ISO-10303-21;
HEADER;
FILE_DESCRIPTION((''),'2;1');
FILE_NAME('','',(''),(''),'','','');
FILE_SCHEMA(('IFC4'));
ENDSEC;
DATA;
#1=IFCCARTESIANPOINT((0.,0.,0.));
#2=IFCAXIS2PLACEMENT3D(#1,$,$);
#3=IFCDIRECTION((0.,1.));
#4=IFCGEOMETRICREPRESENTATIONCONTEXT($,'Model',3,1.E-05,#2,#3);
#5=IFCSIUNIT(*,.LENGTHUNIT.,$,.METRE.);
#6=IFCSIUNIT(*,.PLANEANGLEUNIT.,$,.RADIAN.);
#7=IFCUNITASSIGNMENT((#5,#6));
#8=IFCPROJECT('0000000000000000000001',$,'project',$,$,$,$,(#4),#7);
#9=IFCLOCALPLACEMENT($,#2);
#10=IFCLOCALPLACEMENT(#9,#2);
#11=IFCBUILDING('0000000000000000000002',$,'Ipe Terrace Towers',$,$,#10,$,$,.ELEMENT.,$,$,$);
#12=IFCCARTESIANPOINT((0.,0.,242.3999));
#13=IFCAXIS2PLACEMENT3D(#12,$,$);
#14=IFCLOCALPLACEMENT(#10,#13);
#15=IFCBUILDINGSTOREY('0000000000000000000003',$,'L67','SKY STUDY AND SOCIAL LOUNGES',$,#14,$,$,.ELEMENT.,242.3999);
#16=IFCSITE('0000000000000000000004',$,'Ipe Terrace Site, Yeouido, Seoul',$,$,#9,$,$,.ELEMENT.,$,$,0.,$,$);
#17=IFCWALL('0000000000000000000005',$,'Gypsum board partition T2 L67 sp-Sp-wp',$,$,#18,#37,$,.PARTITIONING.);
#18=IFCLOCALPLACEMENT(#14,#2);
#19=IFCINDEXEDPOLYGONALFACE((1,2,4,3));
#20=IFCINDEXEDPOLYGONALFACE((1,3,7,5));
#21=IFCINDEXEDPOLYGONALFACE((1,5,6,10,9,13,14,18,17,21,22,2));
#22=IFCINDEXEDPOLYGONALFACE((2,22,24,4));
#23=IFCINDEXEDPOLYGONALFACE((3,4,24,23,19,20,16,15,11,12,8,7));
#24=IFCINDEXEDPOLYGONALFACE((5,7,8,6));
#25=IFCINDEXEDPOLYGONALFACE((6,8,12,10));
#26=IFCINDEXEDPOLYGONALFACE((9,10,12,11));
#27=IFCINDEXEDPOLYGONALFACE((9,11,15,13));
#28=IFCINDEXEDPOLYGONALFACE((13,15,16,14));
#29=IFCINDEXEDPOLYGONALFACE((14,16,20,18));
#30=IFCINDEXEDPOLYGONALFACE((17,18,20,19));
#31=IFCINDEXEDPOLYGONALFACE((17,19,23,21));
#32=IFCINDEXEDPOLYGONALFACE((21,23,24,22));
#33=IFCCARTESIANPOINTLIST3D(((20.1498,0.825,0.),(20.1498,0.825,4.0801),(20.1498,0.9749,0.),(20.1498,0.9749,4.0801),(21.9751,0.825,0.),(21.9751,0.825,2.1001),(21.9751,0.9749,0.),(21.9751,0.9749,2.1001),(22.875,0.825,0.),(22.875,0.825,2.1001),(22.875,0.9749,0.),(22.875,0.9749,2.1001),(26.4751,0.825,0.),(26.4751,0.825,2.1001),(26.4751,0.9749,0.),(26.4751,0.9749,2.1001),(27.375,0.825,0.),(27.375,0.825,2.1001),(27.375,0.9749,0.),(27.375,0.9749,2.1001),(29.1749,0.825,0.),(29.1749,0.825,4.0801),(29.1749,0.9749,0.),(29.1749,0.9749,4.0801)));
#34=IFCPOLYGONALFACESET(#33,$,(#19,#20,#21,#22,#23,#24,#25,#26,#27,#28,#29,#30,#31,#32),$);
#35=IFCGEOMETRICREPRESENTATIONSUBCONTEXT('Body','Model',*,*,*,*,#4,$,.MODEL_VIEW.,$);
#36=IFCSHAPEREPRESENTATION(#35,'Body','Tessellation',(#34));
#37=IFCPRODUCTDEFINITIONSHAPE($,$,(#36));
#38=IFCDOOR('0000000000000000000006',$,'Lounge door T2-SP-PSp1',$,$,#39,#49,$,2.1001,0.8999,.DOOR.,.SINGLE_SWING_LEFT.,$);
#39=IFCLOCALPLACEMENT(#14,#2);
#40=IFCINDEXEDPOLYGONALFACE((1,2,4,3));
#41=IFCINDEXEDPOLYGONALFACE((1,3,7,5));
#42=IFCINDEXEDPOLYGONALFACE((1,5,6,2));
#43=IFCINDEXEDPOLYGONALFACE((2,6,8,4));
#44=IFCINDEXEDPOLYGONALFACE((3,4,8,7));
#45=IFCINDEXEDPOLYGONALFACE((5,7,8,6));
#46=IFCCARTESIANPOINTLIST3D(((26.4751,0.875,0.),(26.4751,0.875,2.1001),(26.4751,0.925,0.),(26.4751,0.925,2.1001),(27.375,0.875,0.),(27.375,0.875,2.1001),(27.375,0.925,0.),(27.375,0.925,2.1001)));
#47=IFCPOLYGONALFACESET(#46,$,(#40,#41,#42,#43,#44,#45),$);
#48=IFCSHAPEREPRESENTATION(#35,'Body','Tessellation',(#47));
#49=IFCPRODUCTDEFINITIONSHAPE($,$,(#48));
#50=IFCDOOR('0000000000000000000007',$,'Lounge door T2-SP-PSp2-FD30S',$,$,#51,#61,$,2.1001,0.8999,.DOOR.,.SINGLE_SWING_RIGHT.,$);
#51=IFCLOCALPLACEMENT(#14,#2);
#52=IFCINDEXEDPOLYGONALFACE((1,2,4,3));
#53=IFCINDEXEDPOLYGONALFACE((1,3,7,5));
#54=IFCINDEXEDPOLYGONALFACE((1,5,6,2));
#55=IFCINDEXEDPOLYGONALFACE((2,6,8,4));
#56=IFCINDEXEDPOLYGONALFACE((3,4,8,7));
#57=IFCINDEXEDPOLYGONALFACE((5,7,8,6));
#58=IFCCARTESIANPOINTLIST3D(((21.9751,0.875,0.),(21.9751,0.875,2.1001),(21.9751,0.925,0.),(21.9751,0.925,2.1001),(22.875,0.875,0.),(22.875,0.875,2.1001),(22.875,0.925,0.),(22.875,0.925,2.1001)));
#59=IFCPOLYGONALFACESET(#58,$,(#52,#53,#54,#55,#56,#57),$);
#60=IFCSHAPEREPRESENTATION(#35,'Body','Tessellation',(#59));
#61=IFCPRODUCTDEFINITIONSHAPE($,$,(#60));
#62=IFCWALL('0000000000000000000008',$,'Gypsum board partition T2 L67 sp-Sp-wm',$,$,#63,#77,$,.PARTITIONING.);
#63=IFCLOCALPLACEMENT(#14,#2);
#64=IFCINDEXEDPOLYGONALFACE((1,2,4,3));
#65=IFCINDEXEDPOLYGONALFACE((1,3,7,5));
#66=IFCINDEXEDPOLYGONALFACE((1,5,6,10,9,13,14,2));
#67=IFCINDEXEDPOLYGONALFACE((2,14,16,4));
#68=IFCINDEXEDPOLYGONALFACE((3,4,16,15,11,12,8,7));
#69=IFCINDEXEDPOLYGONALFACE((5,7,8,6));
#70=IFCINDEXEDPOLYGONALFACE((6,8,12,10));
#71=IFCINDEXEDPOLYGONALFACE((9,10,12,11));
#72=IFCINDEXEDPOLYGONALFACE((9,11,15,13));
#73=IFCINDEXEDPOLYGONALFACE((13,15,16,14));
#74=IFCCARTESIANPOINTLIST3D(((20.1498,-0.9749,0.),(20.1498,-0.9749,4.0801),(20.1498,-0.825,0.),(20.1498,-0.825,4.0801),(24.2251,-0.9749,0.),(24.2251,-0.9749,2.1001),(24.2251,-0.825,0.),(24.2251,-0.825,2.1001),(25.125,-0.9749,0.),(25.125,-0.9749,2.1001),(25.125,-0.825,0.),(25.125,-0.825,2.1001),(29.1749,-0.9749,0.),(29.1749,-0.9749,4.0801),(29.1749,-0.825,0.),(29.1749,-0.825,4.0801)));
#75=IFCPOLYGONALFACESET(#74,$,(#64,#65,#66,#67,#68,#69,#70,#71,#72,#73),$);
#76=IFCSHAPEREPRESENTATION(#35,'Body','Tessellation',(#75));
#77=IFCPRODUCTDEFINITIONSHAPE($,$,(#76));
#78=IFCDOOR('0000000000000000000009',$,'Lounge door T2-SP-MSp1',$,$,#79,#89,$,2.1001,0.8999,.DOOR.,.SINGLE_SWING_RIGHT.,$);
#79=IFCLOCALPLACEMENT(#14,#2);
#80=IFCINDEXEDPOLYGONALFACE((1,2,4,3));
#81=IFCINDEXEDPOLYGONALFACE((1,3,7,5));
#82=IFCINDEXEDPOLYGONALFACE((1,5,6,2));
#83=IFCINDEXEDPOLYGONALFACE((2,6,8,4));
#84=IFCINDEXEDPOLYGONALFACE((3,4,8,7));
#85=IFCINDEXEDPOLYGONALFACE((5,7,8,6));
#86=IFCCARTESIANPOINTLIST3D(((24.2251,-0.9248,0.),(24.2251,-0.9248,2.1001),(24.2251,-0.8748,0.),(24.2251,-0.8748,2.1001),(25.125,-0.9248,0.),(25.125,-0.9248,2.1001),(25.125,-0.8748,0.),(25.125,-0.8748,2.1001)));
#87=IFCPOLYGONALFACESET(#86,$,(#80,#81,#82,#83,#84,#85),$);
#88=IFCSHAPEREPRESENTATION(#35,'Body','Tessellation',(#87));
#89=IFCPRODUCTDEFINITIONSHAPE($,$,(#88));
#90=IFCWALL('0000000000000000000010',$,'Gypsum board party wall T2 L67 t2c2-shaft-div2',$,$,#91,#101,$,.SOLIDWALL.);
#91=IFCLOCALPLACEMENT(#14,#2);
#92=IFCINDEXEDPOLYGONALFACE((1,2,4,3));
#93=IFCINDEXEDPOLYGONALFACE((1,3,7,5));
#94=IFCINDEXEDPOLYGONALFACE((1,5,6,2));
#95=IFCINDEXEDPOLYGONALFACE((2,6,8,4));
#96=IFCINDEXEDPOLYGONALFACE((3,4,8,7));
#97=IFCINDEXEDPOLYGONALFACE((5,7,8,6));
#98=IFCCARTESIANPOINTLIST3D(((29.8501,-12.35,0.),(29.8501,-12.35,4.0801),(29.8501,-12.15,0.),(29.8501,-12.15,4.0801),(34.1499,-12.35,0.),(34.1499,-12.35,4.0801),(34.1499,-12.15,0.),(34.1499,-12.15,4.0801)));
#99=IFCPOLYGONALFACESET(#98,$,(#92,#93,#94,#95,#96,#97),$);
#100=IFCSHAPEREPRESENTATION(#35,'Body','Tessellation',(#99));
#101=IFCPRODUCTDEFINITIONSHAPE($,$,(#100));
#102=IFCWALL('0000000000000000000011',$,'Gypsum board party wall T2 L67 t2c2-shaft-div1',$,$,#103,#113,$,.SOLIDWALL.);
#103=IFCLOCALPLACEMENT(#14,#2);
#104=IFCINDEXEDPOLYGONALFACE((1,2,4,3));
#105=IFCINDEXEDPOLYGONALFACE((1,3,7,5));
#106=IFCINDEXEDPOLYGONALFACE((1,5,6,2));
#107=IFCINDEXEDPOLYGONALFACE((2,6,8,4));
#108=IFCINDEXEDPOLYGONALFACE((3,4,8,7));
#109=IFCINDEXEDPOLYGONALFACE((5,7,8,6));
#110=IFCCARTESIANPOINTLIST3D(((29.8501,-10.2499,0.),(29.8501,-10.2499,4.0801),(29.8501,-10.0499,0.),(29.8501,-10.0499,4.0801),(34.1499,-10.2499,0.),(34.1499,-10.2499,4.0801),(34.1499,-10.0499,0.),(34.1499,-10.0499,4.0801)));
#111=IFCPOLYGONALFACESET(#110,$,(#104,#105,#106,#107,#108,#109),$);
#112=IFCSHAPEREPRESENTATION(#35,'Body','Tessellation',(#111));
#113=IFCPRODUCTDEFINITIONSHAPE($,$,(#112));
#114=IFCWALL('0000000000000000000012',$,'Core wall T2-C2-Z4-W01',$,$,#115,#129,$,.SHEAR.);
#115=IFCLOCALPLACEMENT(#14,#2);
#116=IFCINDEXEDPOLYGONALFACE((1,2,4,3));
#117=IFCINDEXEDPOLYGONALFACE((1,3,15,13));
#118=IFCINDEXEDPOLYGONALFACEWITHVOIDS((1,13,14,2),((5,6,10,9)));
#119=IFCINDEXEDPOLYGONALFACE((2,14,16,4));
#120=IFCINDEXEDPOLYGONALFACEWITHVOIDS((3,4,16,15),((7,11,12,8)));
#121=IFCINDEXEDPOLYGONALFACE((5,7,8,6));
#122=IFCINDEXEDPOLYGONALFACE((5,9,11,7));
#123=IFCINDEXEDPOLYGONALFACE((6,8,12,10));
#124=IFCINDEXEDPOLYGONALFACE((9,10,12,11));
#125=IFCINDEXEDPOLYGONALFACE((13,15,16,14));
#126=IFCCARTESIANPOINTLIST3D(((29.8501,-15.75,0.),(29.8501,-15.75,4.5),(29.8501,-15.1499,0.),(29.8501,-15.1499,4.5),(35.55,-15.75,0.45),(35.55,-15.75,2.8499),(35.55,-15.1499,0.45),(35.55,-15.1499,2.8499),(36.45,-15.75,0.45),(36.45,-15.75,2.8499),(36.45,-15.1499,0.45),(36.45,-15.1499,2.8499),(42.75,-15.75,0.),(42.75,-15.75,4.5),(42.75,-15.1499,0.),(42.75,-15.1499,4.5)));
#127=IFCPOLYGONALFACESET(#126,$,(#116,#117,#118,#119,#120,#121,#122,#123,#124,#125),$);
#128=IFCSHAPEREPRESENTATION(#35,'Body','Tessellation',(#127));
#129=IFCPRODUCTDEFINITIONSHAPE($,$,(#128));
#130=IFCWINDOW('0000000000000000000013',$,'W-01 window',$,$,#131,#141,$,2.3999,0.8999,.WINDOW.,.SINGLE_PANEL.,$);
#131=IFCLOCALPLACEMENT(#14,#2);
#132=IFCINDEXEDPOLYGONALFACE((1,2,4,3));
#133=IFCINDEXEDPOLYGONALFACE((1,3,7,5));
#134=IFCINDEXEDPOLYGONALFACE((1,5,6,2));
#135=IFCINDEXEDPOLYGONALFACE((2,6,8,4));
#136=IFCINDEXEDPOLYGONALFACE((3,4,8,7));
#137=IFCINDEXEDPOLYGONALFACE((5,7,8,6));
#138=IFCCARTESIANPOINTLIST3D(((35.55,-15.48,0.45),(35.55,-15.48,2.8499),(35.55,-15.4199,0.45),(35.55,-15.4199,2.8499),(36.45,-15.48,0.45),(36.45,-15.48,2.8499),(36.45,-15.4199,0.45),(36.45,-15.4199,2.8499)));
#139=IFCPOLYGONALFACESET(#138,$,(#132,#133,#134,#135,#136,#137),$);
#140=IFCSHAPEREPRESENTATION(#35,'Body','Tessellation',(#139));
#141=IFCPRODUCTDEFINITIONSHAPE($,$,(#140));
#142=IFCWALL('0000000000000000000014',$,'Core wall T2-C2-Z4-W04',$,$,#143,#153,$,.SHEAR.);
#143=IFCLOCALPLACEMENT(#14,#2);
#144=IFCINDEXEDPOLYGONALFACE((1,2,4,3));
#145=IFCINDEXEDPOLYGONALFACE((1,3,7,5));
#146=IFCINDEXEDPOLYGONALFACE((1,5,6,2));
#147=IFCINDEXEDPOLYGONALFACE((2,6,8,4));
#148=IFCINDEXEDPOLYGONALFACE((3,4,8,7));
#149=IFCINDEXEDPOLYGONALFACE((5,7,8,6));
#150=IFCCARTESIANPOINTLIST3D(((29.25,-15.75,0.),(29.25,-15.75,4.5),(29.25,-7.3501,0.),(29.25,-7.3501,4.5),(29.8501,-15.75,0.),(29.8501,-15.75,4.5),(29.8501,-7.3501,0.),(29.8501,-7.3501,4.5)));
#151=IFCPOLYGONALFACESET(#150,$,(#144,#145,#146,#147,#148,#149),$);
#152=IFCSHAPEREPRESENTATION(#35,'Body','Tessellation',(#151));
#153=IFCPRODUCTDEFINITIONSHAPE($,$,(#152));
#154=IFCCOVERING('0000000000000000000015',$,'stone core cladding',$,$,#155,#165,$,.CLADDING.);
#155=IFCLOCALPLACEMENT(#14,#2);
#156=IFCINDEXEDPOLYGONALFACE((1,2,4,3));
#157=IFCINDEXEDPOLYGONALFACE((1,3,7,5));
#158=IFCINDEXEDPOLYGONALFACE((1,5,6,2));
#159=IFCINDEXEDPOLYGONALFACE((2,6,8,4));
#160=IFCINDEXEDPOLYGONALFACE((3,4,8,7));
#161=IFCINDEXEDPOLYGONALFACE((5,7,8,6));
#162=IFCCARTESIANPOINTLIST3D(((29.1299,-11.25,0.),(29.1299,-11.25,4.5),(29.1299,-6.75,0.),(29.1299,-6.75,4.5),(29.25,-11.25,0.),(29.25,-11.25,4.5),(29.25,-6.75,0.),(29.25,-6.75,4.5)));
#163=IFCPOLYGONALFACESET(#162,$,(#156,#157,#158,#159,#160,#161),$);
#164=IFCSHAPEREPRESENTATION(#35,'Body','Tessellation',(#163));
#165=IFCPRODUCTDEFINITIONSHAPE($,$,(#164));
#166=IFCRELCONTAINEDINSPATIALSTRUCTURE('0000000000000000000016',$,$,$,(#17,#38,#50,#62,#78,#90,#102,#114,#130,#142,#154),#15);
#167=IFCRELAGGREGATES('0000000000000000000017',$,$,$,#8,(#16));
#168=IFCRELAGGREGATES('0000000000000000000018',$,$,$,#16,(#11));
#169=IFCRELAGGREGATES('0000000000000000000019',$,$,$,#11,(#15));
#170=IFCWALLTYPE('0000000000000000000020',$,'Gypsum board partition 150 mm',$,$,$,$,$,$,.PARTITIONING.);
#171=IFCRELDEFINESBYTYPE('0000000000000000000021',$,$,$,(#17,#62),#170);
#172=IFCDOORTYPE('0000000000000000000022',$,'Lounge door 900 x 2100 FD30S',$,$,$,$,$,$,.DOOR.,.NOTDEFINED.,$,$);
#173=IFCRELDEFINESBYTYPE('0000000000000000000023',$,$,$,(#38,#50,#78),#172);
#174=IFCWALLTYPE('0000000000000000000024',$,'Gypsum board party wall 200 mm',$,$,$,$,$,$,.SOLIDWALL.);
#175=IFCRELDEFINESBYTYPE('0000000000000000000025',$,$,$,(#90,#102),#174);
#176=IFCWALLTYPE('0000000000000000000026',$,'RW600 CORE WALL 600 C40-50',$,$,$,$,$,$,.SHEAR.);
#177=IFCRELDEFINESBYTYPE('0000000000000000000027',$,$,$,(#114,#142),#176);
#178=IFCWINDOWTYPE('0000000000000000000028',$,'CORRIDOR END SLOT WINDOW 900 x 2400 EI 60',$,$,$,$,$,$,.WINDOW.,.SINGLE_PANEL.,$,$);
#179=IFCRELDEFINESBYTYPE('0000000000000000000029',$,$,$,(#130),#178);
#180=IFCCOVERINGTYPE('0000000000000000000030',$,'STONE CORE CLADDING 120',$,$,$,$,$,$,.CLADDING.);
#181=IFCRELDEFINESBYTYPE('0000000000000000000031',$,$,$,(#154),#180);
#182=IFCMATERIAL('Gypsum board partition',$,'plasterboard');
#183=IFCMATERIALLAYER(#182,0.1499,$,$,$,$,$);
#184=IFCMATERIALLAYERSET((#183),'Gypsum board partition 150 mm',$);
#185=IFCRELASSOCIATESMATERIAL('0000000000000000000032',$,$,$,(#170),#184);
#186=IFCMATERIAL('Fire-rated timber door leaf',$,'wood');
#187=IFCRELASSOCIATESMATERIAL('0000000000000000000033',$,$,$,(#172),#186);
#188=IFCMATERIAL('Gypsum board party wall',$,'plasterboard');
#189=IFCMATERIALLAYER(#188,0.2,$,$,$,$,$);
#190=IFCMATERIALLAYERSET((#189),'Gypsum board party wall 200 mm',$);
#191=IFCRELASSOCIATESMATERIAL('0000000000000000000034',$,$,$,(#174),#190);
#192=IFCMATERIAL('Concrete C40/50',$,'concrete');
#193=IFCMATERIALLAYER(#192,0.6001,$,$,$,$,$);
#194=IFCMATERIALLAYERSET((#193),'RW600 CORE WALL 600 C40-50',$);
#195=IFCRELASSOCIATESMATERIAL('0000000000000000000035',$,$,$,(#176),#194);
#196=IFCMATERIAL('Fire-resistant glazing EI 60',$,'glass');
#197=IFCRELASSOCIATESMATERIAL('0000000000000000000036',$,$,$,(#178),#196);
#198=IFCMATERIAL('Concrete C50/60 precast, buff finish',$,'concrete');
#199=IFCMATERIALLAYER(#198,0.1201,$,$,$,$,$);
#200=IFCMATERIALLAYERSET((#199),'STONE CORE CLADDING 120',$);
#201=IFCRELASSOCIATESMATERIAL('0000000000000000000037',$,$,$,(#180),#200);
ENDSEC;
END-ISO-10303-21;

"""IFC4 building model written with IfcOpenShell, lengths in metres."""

from ifc_helpers import new_model, si_unit, direction, frame, frame_2d, origin, origin_2d, place, context, subcontext, project, spatial, rectangle, extrude, material, layer, layer_set, type_object, element, fill, save


model = new_model("IFC4")

# Units and contexts
model_context = context("Model", 3, precision=1e-05, world=origin(), true_north=direction((0.0, 1.0)))
body_context = subcontext(model_context, "Body", "Model", "MODEL_VIEW")
ifc_project = project(units=[si_unit("LENGTHUNIT", "METRE"), si_unit("PLANEANGLEUNIT", "RADIAN")], contexts=[model_context])

# Site, building, storey
site_placement = place(None, origin())
site = spatial("IfcSite", under=ifc_project, at=site_placement, Name="Ipe Terrace Site, Yeouido, Seoul", CompositionType="ELEMENT", RefElevation=0.0)
building_placement = place(site_placement, origin())
building = spatial("IfcBuilding", under=site, at=building_placement, Name="Ipe Terrace Towers", CompositionType="ELEMENT")
storey_placement = place(building_placement, frame((0.0, 0.0, 242.3999)))
storey = spatial("IfcBuildingStorey", under=building, at=storey_placement, Name="L67", Description="SKY STUDY AND SOCIAL LOUNGES", CompositionType="ELEMENT", Elevation=242.3999)

# Shared definitions
ifc_material_1 = material(Name="Gypsum board partition", Category="plasterboard")
ifc_layer_1 = layer(ifc_material_1, 0.1499)
ifc_layer_set_1 = layer_set([ifc_layer_1], Name="Gypsum board partition 150 mm")
wall_type_1 = type_object("IfcWallType", Name="Gypsum board partition 150 mm", PredefinedType="PARTITIONING", material=ifc_layer_set_1)

# Wall, openings, doors
wall_1_placement = place(storey_placement, frame((29.175, 0.8999, 0.0), z_axis=(0.0, 0.0, 1.0), x_axis=(-1.0, 0.0, 0.0)))
wall_1 = element("IfcWall", 1, at=wall_1_placement, inside=storey, type_object=wall_type_1, Name="Gypsum board partition T2 L67 sp-Sp-wp", PredefinedType="PARTITIONING", context=body_context, shape_type="SweptSolid", body=[
    extrude(rectangle(XDim=9.0251, YDim=0.1499, at=frame_2d((4.5127, 0.0))), origin(), (0.0, 0.0, 1.0), 4.0801),
])
opening_1_placement = place(wall_1_placement, frame((1.8, 0.0, 0.0)))
opening_1 = element("IfcOpeningElement", 2, at=opening_1_placement, cuts=wall_1, PredefinedType="OPENING", context=body_context, shape_type="SweptSolid", body=[
    extrude(rectangle(XDim=0.8999, YDim=2.1001, at=frame_2d((0.45, 1.05))), frame((0.0, 0.085, 0.0), z_axis=(0.0, -1.0, 0.0), x_axis=(1.0, 0.0, 0.0)), (0.0, 0.0, 1.0), 0.1699),
])
opening_2_placement = place(wall_1_placement, frame((6.3, 0.0, 0.0)))
opening_2 = element("IfcOpeningElement", 3, at=opening_2_placement, cuts=wall_1, PredefinedType="OPENING", context=body_context, shape_type="SweptSolid", body=[
    extrude(rectangle(XDim=0.8999, YDim=2.1001, at=frame_2d((0.45, 1.05))), frame((0.0, 0.085, 0.0), z_axis=(0.0, -1.0, 0.0), x_axis=(1.0, 0.0, 0.0)), (0.0, 0.0, 1.0), 0.1699),
])
ifc_material_2 = material(Name="Fire-rated timber door leaf", Category="wood")
door_type_1 = type_object("IfcDoorType", Name="Lounge door 900 x 2100 FD30S", OperationType="NOTDEFINED", PredefinedType="DOOR", material=ifc_material_2)
door_1_placement = place(opening_1_placement, origin())
door_1 = element("IfcDoor", 4, at=door_1_placement, inside=storey, type_object=door_type_1, Name="Lounge door T2-SP-PSp1", OperationType="SINGLE_SWING_LEFT", OverallHeight=2.1001, OverallWidth=0.8999, PredefinedType="DOOR", context=body_context, shape_type="SweptSolid", body=[
    extrude(rectangle(XDim=0.8999, YDim=2.1001, at=frame_2d((0.45, 1.05))), frame((0.0, 0.0249, 0.0), z_axis=(0.0, -1.0, 0.0), x_axis=(1.0, 0.0, 0.0)), (0.0, 0.0, 1.0), 0.05),
])
fill(opening_1, door_1)
door_2_placement = place(opening_2_placement, origin())
door_2 = element("IfcDoor", 5, at=door_2_placement, inside=storey, type_object=door_type_1, Name="Lounge door T2-SP-PSp2-FD30S", OperationType="SINGLE_SWING_RIGHT", OverallHeight=2.1001, OverallWidth=0.8999, PredefinedType="DOOR", context=body_context, shape_type="SweptSolid", body=[
    extrude(rectangle(XDim=0.8999, YDim=2.1001, at=frame_2d((0.45, 1.05))), frame((0.0, 0.0249, 0.0), z_axis=(0.0, -1.0, 0.0), x_axis=(1.0, 0.0, 0.0)), (0.0, 0.0, 1.0), 0.05),
])
fill(opening_2, door_2)

# Wall, opening, door
wall_2_placement = place(storey_placement, frame((29.175, -0.8999, 0.0), z_axis=(0.0, 0.0, 1.0), x_axis=(-1.0, 0.0, 0.0)))
wall_2 = element("IfcWall", 6, at=wall_2_placement, inside=storey, type_object=wall_type_1, Name="Gypsum board partition T2 L67 sp-Sp-wm", PredefinedType="PARTITIONING", context=body_context, shape_type="SweptSolid", body=[
    extrude(rectangle(XDim=9.0251, YDim=0.1499, at=frame_2d((4.5127, 0.0))), origin(), (0.0, 0.0, 1.0), 4.0801),
])
opening_3_placement = place(wall_2_placement, frame((4.05, 0.0, 0.0)))
opening_3 = element("IfcOpeningElement", 7, at=opening_3_placement, cuts=wall_2, PredefinedType="OPENING", context=body_context, shape_type="SweptSolid", body=[
    extrude(rectangle(XDim=0.8999, YDim=2.1001, at=frame_2d((0.45, 1.05))), frame((0.0, 0.085, 0.0), z_axis=(0.0, -1.0, 0.0), x_axis=(1.0, 0.0, 0.0)), (0.0, 0.0, 1.0), 0.1699),
])
door_3_placement = place(opening_3_placement, origin())
door_3 = element("IfcDoor", 8, at=door_3_placement, inside=storey, type_object=door_type_1, Name="Lounge door T2-SP-MSp1", OperationType="SINGLE_SWING_RIGHT", OverallHeight=2.1001, OverallWidth=0.8999, PredefinedType="DOOR", context=body_context, shape_type="SweptSolid", body=[
    extrude(rectangle(XDim=0.8999, YDim=2.1001, at=frame_2d((0.45, 1.05))), frame((0.0, 0.0249, 0.0), z_axis=(0.0, -1.0, 0.0), x_axis=(1.0, 0.0, 0.0)), (0.0, 0.0, 1.0), 0.05),
])
fill(opening_3, door_3)

# Walls
ifc_material_3 = material(Name="Gypsum board party wall", Category="plasterboard")
ifc_layer_2 = layer(ifc_material_3, 0.2)
ifc_layer_set_2 = layer_set([ifc_layer_2], Name="Gypsum board party wall 200 mm")
wall_type_2 = type_object("IfcWallType", Name="Gypsum board party wall 200 mm", PredefinedType="SOLIDWALL", material=ifc_layer_set_2)
for number, where, z_axis, x_axis, name in (
    (9, (29.8501, -12.25, 0.0), (0.0, 0.0, 1.0), (1.0, 0.0, 0.0), "Gypsum board party wall T2 L67 t2c2-shaft-div2"),
    (10, (29.8501, -10.1499, 0.0), (0.0, 0.0, 1.0), (1.0, 0.0, 0.0), "Gypsum board party wall T2 L67 t2c2-shaft-div1"),
):
    element("IfcWall", number, at=place(storey_placement, frame(where, z_axis=z_axis, x_axis=x_axis)), inside=storey, type_object=wall_type_2, Name=name, PredefinedType="SOLIDWALL", context=body_context, shape_type="SweptSolid", body=[
        extrude(rectangle(XDim=4.2998, YDim=0.2, at=frame_2d((2.1499, 0.0))), origin(), (0.0, 0.0, 1.0), 4.0801),
    ])

# Wall, opening, window
ifc_material_4 = material(Name="Concrete C40/50", Category="concrete")
ifc_layer_3 = layer(ifc_material_4, 0.6001)
ifc_layer_set_3 = layer_set([ifc_layer_3], Name="RW600 CORE WALL 600 C40-50")
wall_type_3 = type_object("IfcWallType", Name="RW600 CORE WALL 600 C40-50", PredefinedType="SHEAR", material=ifc_layer_set_3)
wall_3_placement = place(storey_placement, frame((29.8501, -15.45, 0.0), z_axis=(0.0, 0.0, 1.0), x_axis=(1.0, 0.0, 0.0)))
wall_3 = element("IfcWall", 11, at=wall_3_placement, inside=storey, type_object=wall_type_3, Name="Core wall T2-C2-Z4-W01", PredefinedType="SHEAR", context=body_context, shape_type="SweptSolid", body=[
    extrude(rectangle(XDim=12.8999, YDim=0.6001, at=frame_2d((6.45, 0.0))), origin(), (0.0, 0.0, 1.0), 4.5),
])
opening_4_placement = place(wall_3_placement, frame((5.7, 0.0, 0.45)))
opening_4 = element("IfcOpeningElement", 12, at=opening_4_placement, cuts=wall_3, PredefinedType="OPENING", context=body_context, shape_type="SweptSolid", body=[
    extrude(rectangle(XDim=0.8999, YDim=2.3999, at=frame_2d((0.45, 1.2))), frame((0.0, 0.3101, 0.0), z_axis=(0.0, -1.0, 0.0), x_axis=(1.0, 0.0, 0.0)), (0.0, 0.0, 1.0), 0.6201),
])
ifc_material_5 = material(Name="Fire-resistant glazing EI 60", Category="glass")
window_type = type_object("IfcWindowType", Name="CORRIDOR END SLOT WINDOW 900 x 2400 EI 60", PartitioningType="SINGLE_PANEL", PredefinedType="WINDOW", material=ifc_material_5)
window_placement = place(opening_4_placement, origin())
window = element("IfcWindow", 13, at=window_placement, inside=storey, type_object=window_type, Name="W-01 window", OverallHeight=2.3999, OverallWidth=0.8999, PartitioningType="SINGLE_PANEL", PredefinedType="WINDOW", context=body_context, shape_type="SweptSolid", body=[
    extrude(rectangle(XDim=0.8999, YDim=2.3999, at=frame_2d((0.45, 1.2))), frame((0.0, 0.03, 0.0), z_axis=(0.0, -1.0, 0.0), x_axis=(1.0, 0.0, 0.0)), (0.0, 0.0, 1.0), 0.0601),
])
fill(opening_4, window)

# Wall
wall_4_placement = place(storey_placement, frame((29.55, -7.3501, 0.0), z_axis=(0.0, 0.0, 1.0), x_axis=(0.0, -1.0, 0.0)))
element("IfcWall", 14, at=wall_4_placement, inside=storey, type_object=wall_type_3, Name="Core wall T2-C2-Z4-W04", PredefinedType="SHEAR", context=body_context, shape_type="SweptSolid", body=[
    extrude(rectangle(XDim=8.3999, YDim=0.6001, at=frame_2d((4.2, 0.0))), origin(), (0.0, 0.0, 1.0), 4.5),
])

# Covering
ifc_material_6 = material(Name="Concrete C50/60 precast, buff finish", Category="concrete")
ifc_layer_4 = layer(ifc_material_6, 0.1201)
ifc_layer_set_4 = layer_set([ifc_layer_4], Name="STONE CORE CLADDING 120")
covering_type_1 = type_object("IfcCoveringType", Name="STONE CORE CLADDING 120", PredefinedType="CLADDING", material=ifc_layer_set_4)
covering_1_placement = place(storey_placement, frame((29.1899, -9.0, 0.0), z_axis=(0.0, 0.0, 1.0), x_axis=(0.0, -1.0, 0.0)))
element("IfcCovering", 15, at=covering_1_placement, inside=storey, type_object=covering_type_1, Name="stone core cladding", PredefinedType="CLADDING", context=body_context, shape_type="SweptSolid", body=[
    extrude(rectangle(XDim=4.5, YDim=0.1201, at=origin_2d()), origin(), (0.0, 0.0, 1.0), 4.5),
])

save(model, "model.ifc")
